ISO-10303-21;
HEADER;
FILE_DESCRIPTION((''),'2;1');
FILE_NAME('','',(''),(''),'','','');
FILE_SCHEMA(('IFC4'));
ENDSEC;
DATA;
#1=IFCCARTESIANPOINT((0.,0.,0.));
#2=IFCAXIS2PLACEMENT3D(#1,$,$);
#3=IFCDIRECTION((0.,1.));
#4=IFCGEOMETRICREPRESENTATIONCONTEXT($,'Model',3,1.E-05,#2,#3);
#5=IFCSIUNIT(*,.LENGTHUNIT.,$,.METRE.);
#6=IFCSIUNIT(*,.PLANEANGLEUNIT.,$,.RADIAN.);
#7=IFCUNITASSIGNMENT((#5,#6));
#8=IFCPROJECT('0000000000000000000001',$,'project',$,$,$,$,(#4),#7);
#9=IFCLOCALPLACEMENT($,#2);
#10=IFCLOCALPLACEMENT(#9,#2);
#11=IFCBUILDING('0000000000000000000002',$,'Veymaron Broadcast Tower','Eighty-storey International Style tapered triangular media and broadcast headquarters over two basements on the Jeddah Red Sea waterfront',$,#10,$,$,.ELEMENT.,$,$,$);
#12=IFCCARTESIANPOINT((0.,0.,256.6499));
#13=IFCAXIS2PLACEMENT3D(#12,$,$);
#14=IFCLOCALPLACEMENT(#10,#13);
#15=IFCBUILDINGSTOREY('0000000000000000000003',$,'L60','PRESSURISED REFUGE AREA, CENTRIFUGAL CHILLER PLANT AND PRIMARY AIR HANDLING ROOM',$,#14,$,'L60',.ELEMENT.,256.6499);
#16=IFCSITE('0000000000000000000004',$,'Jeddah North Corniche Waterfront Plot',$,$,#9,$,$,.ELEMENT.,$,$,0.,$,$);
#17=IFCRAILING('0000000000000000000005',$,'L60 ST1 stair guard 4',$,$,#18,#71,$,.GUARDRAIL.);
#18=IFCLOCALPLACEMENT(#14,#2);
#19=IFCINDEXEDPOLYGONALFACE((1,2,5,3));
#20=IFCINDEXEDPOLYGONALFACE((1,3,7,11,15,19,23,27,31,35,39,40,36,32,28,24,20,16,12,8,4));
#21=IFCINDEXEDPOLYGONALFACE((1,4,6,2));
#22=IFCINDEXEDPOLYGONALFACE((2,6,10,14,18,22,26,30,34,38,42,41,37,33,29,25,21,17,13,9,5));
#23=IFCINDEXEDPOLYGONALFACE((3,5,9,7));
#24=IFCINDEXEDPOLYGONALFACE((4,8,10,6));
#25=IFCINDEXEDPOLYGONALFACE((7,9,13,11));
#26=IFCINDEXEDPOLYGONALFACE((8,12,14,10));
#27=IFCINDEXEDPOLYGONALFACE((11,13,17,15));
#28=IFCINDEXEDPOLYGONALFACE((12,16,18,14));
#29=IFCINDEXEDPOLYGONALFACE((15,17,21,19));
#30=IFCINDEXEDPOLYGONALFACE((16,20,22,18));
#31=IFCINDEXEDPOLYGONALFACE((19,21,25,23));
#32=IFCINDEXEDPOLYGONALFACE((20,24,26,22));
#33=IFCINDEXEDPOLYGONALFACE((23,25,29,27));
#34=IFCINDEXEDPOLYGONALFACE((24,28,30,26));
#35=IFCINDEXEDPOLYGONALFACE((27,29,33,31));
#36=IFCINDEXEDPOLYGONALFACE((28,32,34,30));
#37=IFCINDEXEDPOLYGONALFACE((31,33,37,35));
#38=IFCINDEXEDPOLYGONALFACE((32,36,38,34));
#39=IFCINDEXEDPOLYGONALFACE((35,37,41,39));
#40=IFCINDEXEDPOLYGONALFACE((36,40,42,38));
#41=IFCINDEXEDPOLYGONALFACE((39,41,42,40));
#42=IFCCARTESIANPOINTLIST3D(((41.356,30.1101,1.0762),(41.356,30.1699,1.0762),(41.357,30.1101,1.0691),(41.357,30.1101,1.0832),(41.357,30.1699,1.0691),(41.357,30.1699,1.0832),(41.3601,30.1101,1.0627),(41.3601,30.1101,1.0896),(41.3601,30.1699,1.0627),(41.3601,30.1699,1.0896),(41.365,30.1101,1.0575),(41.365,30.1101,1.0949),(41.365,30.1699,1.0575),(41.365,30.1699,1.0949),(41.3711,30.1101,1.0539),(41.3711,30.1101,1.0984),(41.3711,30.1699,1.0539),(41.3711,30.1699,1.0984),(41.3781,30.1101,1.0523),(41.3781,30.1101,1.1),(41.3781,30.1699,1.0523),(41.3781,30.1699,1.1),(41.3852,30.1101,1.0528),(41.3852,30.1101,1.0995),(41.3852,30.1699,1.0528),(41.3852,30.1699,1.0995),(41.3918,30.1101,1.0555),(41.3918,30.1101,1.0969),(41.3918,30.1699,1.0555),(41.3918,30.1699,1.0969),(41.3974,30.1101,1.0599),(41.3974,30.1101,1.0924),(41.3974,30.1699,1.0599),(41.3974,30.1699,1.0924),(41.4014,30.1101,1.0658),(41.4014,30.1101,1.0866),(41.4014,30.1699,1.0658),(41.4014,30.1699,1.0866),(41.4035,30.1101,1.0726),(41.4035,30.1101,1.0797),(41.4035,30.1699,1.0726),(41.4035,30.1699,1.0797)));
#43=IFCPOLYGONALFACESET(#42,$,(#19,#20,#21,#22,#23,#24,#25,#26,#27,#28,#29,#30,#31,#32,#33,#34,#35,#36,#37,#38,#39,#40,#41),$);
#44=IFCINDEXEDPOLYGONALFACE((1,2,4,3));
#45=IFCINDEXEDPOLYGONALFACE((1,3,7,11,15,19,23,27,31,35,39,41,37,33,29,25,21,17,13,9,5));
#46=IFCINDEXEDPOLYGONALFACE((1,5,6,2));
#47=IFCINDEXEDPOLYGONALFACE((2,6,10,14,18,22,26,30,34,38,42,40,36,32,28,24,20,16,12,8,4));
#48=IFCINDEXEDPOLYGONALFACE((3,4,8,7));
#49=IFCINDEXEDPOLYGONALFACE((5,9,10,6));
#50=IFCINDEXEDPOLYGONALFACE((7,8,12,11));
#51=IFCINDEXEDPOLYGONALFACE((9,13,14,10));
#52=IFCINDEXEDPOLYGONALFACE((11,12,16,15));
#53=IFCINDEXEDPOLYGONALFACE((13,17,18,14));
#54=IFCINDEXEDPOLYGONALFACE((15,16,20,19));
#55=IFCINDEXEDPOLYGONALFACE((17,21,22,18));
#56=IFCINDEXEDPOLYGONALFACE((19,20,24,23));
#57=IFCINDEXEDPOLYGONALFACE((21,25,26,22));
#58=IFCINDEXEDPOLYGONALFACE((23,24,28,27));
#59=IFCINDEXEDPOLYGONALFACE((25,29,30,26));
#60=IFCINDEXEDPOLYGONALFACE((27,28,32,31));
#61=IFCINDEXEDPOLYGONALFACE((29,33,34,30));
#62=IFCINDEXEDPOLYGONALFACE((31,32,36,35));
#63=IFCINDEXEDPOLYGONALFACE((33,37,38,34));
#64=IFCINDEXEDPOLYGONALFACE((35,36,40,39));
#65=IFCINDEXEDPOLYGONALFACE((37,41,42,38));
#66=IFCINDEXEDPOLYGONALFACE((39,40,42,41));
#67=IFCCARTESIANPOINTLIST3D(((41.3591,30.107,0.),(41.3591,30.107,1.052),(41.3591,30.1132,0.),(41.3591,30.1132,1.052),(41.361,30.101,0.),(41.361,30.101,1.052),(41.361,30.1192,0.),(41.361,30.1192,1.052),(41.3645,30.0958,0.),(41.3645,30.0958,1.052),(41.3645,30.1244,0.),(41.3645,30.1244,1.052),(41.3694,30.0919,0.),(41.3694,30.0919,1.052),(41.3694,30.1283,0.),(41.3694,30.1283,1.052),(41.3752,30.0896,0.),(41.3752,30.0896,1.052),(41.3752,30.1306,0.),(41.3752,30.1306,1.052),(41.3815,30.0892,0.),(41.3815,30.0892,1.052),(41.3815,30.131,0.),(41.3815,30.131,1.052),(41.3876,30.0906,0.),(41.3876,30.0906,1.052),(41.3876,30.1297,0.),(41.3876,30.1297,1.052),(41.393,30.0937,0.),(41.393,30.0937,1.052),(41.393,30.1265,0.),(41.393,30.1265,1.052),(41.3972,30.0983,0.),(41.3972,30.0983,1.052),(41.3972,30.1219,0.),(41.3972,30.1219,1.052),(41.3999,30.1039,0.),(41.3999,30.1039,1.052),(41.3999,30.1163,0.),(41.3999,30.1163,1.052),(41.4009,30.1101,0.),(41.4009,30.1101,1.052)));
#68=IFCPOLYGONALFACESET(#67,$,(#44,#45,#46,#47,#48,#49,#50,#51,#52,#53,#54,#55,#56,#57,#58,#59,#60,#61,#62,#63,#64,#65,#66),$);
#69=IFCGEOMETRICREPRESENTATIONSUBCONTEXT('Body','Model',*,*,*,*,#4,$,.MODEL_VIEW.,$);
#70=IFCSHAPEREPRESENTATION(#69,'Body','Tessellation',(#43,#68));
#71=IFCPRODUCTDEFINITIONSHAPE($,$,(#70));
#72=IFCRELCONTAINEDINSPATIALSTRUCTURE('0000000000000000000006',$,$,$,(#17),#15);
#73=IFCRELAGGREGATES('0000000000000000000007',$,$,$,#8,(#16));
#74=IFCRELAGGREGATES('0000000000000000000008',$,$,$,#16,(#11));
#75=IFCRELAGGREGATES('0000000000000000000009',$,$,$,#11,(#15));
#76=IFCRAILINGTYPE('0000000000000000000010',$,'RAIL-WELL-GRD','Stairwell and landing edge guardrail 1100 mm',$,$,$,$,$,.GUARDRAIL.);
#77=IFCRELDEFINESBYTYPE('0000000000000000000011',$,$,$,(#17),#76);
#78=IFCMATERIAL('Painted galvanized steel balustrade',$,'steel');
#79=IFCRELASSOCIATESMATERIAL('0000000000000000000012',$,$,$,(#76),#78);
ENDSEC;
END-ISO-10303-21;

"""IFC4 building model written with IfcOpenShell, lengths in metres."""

from ifc_helpers import new_model, si_unit, direction, frame, origin, origin_2d, place, context, subcontext, project, spatial, circle, extrude, material, type_object, element, save


model = new_model("IFC4")

# Units and contexts
model_context = context("Model", 3, precision=1e-05, world=origin(), true_north=direction((0.0, 1.0)))
body_context = subcontext(model_context, "Body", "Model", "MODEL_VIEW")
ifc_project = project(units=[si_unit("LENGTHUNIT", "METRE"), si_unit("PLANEANGLEUNIT", "RADIAN")], contexts=[model_context])

# Site, building, storey
site_placement = place(None, origin())
site = spatial("IfcSite", under=ifc_project, at=site_placement, Name="Jeddah North Corniche Waterfront Plot", CompositionType="ELEMENT", RefElevation=0.0)
building_placement = place(site_placement, origin())
building = spatial("IfcBuilding", under=site, at=building_placement, Name="Veymaron Broadcast Tower", Description="Eighty-storey International Style tapered triangular media and broadcast headquarters over two basements on the Jeddah Red Sea waterfront", CompositionType="ELEMENT")
storey_placement = place(building_placement, frame((0.0, 0.0, 256.6499)))
storey = spatial("IfcBuildingStorey", under=building, at=storey_placement, Name="L60", Description="PRESSURISED REFUGE AREA, CENTRIFUGAL CHILLER PLANT AND PRIMARY AIR HANDLING ROOM", LongName="L60", CompositionType="ELEMENT", Elevation=256.6499)

# Railing
ifc_material_1 = material(Name="Painted galvanized steel balustrade", Category="steel")
railing_type_1 = type_object("IfcRailingType", Name="RAIL-WELL-GRD", Description="Stairwell and landing edge guardrail 1100 mm", PredefinedType="GUARDRAIL", material=ifc_material_1)
railing_1_placement = place(storey_placement, frame((41.3799, 30.1101, 0.0)))
element("IfcRailing", 1, at=railing_1_placement, inside=storey, type_object=railing_type_1, Name="L60 ST1 stair guard 4", PredefinedType="GUARDRAIL", context=body_context, shape_type="SweptSolid", body=[
    extrude(circle(Radius=0.0239, at=origin_2d()), frame((0.0, 0.0, 1.0762), z_axis=(0.0, 1.0, 0.0), x_axis=(-1.0, 0.0, 0.0)), (0.0, 0.0, 1.0), 0.0598),
    extrude(circle(Radius=0.021, at=origin_2d()), origin(), (0.0, 0.0, 1.0), 1.052),
])

save(model, "model.ifc")
